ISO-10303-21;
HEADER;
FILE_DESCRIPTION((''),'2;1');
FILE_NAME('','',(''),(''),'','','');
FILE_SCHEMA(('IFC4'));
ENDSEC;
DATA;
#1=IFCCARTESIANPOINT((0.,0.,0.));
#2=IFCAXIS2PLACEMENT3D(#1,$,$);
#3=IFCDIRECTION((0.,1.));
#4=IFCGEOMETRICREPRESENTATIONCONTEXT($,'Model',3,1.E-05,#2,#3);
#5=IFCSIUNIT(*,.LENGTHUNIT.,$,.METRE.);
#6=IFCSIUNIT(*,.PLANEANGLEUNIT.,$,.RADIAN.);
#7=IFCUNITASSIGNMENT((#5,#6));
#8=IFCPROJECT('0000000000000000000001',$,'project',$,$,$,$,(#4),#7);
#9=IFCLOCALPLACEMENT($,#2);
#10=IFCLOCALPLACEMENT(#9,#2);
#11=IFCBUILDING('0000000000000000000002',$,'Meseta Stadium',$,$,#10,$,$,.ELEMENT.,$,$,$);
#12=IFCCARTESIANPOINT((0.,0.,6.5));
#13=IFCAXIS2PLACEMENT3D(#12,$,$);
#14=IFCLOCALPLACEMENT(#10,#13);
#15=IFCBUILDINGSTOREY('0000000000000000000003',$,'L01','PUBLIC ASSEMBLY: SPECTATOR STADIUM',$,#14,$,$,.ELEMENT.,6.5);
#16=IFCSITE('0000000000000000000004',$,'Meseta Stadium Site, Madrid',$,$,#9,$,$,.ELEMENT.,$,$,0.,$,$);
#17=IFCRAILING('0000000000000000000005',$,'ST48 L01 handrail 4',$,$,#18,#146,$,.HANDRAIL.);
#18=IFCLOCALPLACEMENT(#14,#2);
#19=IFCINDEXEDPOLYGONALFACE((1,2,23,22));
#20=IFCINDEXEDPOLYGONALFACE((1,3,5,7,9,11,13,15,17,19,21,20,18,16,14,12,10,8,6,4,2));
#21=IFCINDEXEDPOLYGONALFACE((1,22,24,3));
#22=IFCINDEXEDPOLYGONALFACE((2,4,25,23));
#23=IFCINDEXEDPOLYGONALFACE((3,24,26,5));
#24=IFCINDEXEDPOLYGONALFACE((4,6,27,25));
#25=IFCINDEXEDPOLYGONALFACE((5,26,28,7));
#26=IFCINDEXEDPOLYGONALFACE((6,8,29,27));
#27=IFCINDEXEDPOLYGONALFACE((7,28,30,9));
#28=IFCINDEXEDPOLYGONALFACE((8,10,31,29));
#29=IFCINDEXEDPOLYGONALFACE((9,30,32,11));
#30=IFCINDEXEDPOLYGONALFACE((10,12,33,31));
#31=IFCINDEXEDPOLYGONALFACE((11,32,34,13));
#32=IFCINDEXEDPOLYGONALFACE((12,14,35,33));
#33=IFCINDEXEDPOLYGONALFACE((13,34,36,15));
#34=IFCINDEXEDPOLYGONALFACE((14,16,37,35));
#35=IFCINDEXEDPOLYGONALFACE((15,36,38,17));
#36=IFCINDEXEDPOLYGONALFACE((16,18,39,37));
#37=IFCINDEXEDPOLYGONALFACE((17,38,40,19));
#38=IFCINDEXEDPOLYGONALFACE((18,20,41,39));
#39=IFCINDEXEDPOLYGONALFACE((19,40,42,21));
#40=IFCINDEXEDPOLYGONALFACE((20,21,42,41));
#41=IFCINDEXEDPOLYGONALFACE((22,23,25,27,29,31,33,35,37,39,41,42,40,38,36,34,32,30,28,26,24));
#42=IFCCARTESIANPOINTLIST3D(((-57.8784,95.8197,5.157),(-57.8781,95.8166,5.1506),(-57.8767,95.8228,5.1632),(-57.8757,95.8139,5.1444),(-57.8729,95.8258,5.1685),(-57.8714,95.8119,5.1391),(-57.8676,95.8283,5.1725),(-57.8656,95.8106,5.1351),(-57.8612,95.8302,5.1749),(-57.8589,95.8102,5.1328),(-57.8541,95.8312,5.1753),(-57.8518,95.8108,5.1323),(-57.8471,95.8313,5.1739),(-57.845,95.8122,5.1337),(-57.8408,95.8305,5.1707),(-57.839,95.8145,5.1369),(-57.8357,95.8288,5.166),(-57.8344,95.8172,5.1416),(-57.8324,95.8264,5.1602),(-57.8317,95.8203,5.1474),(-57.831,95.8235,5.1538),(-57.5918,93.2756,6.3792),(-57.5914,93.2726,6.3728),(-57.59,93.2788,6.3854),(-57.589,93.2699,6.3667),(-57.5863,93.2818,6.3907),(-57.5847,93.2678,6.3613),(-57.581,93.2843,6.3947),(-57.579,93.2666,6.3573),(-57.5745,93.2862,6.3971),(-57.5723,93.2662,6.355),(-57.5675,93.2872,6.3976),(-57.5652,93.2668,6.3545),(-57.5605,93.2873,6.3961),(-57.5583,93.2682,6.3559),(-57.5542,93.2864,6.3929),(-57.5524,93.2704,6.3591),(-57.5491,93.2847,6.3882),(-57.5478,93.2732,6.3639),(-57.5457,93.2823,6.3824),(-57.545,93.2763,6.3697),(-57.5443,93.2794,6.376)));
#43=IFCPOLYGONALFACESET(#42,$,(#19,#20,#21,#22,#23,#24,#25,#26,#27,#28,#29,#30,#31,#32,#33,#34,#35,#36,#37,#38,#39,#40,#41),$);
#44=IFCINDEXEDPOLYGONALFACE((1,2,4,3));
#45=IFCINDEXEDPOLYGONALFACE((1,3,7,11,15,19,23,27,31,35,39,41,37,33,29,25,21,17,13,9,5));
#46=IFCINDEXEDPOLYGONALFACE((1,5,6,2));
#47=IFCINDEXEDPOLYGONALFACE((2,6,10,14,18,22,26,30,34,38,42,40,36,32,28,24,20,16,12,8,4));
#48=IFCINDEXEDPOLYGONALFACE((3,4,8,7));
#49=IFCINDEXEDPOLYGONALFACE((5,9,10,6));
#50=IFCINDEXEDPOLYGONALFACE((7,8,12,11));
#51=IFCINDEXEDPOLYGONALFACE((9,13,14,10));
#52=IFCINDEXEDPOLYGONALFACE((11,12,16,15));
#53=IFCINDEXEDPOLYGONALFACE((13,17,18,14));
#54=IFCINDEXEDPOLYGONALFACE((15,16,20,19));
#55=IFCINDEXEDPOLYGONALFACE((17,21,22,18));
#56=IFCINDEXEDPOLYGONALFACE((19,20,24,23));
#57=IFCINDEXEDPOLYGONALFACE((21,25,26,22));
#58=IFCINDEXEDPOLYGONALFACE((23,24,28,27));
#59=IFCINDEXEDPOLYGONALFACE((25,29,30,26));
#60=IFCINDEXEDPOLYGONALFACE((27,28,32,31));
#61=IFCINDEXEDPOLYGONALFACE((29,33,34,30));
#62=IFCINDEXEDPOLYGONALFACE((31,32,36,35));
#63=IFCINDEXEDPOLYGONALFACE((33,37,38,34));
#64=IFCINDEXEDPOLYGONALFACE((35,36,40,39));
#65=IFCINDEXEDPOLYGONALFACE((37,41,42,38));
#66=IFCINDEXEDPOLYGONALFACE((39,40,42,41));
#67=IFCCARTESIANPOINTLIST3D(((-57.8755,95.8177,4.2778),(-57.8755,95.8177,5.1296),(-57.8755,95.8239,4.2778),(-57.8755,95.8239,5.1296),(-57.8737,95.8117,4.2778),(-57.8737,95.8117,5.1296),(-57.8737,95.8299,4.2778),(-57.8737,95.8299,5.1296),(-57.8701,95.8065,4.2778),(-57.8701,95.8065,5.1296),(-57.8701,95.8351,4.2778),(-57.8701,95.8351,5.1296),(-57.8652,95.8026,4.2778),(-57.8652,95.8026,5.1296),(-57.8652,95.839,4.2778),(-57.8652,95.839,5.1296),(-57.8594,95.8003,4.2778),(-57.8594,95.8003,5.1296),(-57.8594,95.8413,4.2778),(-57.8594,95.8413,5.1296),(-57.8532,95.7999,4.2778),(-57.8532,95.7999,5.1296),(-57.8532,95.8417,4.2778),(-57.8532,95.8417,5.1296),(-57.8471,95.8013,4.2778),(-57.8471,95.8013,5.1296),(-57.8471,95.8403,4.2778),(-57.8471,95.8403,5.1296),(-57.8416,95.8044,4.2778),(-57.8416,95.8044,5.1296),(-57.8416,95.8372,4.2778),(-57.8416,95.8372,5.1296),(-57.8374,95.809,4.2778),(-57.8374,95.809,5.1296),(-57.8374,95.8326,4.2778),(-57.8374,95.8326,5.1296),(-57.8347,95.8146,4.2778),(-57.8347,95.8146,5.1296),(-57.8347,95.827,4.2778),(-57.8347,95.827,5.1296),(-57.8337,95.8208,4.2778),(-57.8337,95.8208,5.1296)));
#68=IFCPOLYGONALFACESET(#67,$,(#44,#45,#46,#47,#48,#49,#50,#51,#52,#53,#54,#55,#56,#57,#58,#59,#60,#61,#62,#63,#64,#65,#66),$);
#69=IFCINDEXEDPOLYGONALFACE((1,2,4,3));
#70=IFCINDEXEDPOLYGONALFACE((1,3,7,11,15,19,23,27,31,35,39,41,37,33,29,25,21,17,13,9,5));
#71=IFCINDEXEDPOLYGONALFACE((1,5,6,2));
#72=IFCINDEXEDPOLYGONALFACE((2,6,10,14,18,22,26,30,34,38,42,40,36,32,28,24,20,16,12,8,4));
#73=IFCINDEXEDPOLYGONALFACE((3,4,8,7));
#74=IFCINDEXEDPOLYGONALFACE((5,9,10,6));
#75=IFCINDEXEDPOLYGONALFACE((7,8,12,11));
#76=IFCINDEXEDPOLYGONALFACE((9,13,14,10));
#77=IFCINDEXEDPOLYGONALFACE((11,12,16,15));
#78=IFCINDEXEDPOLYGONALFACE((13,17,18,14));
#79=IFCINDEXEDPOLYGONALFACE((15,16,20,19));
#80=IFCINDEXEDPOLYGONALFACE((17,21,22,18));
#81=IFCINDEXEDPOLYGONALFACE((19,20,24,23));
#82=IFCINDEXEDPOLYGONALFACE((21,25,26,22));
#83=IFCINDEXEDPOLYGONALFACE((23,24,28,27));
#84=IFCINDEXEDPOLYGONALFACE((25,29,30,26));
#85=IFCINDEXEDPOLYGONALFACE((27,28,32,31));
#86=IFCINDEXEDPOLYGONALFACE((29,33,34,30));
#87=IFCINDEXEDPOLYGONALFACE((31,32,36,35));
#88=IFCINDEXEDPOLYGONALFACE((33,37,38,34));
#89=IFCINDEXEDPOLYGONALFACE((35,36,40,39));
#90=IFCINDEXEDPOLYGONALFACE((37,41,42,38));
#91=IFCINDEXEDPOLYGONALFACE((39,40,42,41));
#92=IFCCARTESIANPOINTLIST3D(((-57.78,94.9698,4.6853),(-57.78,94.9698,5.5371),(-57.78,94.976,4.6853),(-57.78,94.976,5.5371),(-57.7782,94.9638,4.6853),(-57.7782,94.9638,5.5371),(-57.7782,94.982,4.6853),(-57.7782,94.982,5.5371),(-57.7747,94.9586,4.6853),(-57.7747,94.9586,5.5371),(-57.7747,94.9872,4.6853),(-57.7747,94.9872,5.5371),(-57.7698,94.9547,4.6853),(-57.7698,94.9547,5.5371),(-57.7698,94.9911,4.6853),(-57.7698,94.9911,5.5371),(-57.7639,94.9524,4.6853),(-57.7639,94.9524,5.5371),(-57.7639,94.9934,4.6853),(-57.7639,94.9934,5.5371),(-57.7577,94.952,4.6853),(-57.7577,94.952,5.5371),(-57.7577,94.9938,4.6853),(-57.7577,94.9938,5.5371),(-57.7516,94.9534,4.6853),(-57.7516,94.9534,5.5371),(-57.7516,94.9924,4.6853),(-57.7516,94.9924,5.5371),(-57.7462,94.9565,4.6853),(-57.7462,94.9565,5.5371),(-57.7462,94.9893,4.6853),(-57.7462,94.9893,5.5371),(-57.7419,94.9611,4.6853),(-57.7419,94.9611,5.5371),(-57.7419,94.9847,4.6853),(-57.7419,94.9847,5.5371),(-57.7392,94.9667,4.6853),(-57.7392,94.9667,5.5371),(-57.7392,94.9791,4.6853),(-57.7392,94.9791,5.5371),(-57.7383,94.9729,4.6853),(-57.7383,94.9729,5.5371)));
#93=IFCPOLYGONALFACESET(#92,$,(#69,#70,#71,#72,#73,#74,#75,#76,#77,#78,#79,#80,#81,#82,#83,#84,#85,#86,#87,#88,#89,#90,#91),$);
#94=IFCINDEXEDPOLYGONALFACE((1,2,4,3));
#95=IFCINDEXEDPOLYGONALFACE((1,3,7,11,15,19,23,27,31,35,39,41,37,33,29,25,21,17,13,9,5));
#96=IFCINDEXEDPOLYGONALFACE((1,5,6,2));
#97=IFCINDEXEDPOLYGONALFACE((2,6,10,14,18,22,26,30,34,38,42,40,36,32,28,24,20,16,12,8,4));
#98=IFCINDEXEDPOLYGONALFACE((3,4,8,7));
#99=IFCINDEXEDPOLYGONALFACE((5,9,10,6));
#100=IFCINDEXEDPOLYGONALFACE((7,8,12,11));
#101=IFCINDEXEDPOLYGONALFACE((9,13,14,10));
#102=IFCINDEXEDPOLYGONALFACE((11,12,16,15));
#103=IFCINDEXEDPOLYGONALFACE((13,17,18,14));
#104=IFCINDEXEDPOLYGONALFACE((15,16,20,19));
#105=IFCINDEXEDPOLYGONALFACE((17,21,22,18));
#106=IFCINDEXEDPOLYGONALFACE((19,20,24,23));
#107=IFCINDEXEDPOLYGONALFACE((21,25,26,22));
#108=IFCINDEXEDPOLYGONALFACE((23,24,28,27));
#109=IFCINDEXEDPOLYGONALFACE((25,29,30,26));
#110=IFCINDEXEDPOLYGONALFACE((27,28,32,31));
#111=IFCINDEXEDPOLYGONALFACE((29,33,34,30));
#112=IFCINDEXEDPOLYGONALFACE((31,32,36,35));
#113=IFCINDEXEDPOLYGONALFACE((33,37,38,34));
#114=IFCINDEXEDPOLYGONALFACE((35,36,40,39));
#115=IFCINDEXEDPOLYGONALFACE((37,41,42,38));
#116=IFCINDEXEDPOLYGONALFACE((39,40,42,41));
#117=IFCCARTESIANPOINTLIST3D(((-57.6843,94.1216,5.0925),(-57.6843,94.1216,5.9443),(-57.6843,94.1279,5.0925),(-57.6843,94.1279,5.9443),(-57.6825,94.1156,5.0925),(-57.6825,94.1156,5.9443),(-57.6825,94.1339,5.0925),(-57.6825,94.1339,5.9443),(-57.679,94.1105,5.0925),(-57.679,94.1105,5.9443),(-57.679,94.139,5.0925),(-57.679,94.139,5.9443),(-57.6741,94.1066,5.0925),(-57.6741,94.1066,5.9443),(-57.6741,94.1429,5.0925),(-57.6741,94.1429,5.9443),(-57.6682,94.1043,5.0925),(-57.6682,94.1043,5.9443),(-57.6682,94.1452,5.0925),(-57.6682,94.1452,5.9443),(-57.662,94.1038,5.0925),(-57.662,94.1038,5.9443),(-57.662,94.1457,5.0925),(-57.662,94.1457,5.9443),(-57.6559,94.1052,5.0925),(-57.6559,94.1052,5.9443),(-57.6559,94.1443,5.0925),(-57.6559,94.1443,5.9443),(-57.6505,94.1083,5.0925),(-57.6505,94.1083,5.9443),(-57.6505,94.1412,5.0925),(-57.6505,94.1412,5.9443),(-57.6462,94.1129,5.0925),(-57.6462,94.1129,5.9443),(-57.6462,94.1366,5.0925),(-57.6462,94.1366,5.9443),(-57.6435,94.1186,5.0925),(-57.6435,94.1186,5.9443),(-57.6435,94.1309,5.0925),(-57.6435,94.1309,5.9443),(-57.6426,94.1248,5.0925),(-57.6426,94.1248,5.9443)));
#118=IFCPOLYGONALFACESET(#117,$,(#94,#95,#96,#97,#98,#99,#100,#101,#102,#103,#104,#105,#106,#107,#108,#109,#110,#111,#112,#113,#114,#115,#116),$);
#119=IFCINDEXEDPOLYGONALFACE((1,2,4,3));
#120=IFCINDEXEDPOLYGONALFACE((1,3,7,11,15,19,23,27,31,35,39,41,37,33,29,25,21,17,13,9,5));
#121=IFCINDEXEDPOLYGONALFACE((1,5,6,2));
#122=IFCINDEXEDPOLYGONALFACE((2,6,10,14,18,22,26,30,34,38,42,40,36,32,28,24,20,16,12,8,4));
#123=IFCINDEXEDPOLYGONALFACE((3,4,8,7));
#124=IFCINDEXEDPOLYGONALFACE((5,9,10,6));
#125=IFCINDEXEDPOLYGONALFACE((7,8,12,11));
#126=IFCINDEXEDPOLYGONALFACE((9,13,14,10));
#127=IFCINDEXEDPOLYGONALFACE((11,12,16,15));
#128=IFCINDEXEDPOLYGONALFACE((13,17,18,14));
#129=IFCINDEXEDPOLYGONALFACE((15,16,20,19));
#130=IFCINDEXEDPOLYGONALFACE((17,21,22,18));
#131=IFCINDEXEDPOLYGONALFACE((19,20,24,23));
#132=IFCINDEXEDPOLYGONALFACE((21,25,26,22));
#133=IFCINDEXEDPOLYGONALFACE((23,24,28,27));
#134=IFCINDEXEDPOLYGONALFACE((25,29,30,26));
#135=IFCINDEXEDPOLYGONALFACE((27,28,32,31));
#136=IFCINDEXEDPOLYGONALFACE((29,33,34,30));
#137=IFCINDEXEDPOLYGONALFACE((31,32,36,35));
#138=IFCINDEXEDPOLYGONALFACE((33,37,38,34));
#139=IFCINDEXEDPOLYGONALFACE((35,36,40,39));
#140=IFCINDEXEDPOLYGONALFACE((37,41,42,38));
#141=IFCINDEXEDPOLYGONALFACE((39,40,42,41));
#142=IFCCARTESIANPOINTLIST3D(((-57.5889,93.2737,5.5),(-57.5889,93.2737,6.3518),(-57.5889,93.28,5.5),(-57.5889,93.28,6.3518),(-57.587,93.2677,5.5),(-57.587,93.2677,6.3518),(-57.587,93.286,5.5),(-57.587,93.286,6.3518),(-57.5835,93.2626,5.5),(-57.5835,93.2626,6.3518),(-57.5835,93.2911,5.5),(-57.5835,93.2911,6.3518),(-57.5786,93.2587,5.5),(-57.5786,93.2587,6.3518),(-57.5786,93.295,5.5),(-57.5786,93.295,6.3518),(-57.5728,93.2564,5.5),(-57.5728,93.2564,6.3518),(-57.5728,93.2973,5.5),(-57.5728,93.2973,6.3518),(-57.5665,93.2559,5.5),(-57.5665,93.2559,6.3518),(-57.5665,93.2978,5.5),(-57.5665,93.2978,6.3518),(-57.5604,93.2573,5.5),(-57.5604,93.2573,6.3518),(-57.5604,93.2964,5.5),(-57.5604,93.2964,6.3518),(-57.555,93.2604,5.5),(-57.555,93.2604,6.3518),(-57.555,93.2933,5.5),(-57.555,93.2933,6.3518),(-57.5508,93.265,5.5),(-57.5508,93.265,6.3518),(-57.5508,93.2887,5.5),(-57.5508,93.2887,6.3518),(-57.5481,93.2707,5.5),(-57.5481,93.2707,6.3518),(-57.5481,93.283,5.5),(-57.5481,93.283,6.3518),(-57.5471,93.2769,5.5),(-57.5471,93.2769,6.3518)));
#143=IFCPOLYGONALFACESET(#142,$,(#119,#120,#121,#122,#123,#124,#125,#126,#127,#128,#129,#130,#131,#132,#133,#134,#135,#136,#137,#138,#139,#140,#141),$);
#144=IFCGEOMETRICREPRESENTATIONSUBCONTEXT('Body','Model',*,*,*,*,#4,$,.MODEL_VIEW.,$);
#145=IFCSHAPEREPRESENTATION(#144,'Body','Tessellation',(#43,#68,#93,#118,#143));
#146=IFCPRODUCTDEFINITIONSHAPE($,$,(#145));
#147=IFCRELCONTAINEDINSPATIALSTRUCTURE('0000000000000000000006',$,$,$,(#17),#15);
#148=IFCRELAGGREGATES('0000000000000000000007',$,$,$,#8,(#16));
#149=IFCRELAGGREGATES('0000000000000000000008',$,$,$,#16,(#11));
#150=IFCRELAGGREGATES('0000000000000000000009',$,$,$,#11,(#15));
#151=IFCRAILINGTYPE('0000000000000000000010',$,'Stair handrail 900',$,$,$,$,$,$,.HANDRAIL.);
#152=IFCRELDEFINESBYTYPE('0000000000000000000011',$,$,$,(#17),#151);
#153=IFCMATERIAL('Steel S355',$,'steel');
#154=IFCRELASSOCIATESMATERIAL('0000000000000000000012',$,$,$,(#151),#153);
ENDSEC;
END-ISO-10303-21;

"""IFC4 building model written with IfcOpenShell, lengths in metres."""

from ifc_helpers import new_model, si_unit, direction, frame, origin, origin_2d, place, context, subcontext, project, spatial, circle, extrude, material, type_object, element, save


model = new_model("IFC4")

# Units and contexts
model_context = context("Model", 3, precision=1e-05, world=origin(), true_north=direction((0.0, 1.0)))
body_context = subcontext(model_context, "Body", "Model", "MODEL_VIEW")
ifc_project = project(units=[si_unit("LENGTHUNIT", "METRE"), si_unit("PLANEANGLEUNIT", "RADIAN")], contexts=[model_context])

# Site, building, storey
site_placement = place(None, origin())
site = spatial("IfcSite", under=ifc_project, at=site_placement, Name="Meseta Stadium Site, Madrid", CompositionType="ELEMENT", RefElevation=0.0)
building_placement = place(site_placement, origin())
building = spatial("IfcBuilding", under=site, at=building_placement, Name="Meseta Stadium", CompositionType="ELEMENT")
storey_placement = place(building_placement, frame((0.0, 0.0, 6.5)))
storey = spatial("IfcBuildingStorey", under=building, at=storey_placement, Name="L01", Description="PUBLIC ASSEMBLY: SPECTATOR STADIUM", CompositionType="ELEMENT", Elevation=6.5)

# Railing
ifc_material_1 = material(Name="Steel S355", Category="steel")
railing_type_1 = type_object("IfcRailingType", Name="Stair handrail 900", PredefinedType="HANDRAIL", material=ifc_material_1)
for number, where, name in (
    (1, (-57.8547, 95.8208, 4.2778), "ST48 L01 handrail 4"),
):
    element("IfcRailing", number, at=place(storey_placement, frame(where)), inside=storey, type_object=railing_type_1, Name=name, PredefinedType="HANDRAIL", context=body_context, shape_type="SweptSolid", body=[
        extrude(circle(Radius=0.0239, at=origin_2d()), frame((0.0, 0.0, 0.876), z_axis=(0.101036, -0.896762, 0.430824), x_axis=(0.993713, 0.11196, 0.0)), (0.0, 0.0, 1.0), 2.8369),
        extrude(circle(Radius=0.021, at=origin_2d()), origin(), (0.0, 0.0, 1.0), 0.8518),
        extrude(circle(Radius=0.021, at=origin_2d()), frame((0.0955, -0.8479, 0.4075)), (0.0, 0.0, 1.0), 0.8518),
        extrude(circle(Radius=0.021, at=origin_2d()), frame((0.1912, -1.696, 0.8147)), (0.0, 0.0, 1.0), 0.8518),
        extrude(circle(Radius=0.021, at=origin_2d()), frame((0.2866, -2.5439, 1.2222)), (0.0, 0.0, 1.0), 0.8518),
    ])

save(model, "model.ifc")
